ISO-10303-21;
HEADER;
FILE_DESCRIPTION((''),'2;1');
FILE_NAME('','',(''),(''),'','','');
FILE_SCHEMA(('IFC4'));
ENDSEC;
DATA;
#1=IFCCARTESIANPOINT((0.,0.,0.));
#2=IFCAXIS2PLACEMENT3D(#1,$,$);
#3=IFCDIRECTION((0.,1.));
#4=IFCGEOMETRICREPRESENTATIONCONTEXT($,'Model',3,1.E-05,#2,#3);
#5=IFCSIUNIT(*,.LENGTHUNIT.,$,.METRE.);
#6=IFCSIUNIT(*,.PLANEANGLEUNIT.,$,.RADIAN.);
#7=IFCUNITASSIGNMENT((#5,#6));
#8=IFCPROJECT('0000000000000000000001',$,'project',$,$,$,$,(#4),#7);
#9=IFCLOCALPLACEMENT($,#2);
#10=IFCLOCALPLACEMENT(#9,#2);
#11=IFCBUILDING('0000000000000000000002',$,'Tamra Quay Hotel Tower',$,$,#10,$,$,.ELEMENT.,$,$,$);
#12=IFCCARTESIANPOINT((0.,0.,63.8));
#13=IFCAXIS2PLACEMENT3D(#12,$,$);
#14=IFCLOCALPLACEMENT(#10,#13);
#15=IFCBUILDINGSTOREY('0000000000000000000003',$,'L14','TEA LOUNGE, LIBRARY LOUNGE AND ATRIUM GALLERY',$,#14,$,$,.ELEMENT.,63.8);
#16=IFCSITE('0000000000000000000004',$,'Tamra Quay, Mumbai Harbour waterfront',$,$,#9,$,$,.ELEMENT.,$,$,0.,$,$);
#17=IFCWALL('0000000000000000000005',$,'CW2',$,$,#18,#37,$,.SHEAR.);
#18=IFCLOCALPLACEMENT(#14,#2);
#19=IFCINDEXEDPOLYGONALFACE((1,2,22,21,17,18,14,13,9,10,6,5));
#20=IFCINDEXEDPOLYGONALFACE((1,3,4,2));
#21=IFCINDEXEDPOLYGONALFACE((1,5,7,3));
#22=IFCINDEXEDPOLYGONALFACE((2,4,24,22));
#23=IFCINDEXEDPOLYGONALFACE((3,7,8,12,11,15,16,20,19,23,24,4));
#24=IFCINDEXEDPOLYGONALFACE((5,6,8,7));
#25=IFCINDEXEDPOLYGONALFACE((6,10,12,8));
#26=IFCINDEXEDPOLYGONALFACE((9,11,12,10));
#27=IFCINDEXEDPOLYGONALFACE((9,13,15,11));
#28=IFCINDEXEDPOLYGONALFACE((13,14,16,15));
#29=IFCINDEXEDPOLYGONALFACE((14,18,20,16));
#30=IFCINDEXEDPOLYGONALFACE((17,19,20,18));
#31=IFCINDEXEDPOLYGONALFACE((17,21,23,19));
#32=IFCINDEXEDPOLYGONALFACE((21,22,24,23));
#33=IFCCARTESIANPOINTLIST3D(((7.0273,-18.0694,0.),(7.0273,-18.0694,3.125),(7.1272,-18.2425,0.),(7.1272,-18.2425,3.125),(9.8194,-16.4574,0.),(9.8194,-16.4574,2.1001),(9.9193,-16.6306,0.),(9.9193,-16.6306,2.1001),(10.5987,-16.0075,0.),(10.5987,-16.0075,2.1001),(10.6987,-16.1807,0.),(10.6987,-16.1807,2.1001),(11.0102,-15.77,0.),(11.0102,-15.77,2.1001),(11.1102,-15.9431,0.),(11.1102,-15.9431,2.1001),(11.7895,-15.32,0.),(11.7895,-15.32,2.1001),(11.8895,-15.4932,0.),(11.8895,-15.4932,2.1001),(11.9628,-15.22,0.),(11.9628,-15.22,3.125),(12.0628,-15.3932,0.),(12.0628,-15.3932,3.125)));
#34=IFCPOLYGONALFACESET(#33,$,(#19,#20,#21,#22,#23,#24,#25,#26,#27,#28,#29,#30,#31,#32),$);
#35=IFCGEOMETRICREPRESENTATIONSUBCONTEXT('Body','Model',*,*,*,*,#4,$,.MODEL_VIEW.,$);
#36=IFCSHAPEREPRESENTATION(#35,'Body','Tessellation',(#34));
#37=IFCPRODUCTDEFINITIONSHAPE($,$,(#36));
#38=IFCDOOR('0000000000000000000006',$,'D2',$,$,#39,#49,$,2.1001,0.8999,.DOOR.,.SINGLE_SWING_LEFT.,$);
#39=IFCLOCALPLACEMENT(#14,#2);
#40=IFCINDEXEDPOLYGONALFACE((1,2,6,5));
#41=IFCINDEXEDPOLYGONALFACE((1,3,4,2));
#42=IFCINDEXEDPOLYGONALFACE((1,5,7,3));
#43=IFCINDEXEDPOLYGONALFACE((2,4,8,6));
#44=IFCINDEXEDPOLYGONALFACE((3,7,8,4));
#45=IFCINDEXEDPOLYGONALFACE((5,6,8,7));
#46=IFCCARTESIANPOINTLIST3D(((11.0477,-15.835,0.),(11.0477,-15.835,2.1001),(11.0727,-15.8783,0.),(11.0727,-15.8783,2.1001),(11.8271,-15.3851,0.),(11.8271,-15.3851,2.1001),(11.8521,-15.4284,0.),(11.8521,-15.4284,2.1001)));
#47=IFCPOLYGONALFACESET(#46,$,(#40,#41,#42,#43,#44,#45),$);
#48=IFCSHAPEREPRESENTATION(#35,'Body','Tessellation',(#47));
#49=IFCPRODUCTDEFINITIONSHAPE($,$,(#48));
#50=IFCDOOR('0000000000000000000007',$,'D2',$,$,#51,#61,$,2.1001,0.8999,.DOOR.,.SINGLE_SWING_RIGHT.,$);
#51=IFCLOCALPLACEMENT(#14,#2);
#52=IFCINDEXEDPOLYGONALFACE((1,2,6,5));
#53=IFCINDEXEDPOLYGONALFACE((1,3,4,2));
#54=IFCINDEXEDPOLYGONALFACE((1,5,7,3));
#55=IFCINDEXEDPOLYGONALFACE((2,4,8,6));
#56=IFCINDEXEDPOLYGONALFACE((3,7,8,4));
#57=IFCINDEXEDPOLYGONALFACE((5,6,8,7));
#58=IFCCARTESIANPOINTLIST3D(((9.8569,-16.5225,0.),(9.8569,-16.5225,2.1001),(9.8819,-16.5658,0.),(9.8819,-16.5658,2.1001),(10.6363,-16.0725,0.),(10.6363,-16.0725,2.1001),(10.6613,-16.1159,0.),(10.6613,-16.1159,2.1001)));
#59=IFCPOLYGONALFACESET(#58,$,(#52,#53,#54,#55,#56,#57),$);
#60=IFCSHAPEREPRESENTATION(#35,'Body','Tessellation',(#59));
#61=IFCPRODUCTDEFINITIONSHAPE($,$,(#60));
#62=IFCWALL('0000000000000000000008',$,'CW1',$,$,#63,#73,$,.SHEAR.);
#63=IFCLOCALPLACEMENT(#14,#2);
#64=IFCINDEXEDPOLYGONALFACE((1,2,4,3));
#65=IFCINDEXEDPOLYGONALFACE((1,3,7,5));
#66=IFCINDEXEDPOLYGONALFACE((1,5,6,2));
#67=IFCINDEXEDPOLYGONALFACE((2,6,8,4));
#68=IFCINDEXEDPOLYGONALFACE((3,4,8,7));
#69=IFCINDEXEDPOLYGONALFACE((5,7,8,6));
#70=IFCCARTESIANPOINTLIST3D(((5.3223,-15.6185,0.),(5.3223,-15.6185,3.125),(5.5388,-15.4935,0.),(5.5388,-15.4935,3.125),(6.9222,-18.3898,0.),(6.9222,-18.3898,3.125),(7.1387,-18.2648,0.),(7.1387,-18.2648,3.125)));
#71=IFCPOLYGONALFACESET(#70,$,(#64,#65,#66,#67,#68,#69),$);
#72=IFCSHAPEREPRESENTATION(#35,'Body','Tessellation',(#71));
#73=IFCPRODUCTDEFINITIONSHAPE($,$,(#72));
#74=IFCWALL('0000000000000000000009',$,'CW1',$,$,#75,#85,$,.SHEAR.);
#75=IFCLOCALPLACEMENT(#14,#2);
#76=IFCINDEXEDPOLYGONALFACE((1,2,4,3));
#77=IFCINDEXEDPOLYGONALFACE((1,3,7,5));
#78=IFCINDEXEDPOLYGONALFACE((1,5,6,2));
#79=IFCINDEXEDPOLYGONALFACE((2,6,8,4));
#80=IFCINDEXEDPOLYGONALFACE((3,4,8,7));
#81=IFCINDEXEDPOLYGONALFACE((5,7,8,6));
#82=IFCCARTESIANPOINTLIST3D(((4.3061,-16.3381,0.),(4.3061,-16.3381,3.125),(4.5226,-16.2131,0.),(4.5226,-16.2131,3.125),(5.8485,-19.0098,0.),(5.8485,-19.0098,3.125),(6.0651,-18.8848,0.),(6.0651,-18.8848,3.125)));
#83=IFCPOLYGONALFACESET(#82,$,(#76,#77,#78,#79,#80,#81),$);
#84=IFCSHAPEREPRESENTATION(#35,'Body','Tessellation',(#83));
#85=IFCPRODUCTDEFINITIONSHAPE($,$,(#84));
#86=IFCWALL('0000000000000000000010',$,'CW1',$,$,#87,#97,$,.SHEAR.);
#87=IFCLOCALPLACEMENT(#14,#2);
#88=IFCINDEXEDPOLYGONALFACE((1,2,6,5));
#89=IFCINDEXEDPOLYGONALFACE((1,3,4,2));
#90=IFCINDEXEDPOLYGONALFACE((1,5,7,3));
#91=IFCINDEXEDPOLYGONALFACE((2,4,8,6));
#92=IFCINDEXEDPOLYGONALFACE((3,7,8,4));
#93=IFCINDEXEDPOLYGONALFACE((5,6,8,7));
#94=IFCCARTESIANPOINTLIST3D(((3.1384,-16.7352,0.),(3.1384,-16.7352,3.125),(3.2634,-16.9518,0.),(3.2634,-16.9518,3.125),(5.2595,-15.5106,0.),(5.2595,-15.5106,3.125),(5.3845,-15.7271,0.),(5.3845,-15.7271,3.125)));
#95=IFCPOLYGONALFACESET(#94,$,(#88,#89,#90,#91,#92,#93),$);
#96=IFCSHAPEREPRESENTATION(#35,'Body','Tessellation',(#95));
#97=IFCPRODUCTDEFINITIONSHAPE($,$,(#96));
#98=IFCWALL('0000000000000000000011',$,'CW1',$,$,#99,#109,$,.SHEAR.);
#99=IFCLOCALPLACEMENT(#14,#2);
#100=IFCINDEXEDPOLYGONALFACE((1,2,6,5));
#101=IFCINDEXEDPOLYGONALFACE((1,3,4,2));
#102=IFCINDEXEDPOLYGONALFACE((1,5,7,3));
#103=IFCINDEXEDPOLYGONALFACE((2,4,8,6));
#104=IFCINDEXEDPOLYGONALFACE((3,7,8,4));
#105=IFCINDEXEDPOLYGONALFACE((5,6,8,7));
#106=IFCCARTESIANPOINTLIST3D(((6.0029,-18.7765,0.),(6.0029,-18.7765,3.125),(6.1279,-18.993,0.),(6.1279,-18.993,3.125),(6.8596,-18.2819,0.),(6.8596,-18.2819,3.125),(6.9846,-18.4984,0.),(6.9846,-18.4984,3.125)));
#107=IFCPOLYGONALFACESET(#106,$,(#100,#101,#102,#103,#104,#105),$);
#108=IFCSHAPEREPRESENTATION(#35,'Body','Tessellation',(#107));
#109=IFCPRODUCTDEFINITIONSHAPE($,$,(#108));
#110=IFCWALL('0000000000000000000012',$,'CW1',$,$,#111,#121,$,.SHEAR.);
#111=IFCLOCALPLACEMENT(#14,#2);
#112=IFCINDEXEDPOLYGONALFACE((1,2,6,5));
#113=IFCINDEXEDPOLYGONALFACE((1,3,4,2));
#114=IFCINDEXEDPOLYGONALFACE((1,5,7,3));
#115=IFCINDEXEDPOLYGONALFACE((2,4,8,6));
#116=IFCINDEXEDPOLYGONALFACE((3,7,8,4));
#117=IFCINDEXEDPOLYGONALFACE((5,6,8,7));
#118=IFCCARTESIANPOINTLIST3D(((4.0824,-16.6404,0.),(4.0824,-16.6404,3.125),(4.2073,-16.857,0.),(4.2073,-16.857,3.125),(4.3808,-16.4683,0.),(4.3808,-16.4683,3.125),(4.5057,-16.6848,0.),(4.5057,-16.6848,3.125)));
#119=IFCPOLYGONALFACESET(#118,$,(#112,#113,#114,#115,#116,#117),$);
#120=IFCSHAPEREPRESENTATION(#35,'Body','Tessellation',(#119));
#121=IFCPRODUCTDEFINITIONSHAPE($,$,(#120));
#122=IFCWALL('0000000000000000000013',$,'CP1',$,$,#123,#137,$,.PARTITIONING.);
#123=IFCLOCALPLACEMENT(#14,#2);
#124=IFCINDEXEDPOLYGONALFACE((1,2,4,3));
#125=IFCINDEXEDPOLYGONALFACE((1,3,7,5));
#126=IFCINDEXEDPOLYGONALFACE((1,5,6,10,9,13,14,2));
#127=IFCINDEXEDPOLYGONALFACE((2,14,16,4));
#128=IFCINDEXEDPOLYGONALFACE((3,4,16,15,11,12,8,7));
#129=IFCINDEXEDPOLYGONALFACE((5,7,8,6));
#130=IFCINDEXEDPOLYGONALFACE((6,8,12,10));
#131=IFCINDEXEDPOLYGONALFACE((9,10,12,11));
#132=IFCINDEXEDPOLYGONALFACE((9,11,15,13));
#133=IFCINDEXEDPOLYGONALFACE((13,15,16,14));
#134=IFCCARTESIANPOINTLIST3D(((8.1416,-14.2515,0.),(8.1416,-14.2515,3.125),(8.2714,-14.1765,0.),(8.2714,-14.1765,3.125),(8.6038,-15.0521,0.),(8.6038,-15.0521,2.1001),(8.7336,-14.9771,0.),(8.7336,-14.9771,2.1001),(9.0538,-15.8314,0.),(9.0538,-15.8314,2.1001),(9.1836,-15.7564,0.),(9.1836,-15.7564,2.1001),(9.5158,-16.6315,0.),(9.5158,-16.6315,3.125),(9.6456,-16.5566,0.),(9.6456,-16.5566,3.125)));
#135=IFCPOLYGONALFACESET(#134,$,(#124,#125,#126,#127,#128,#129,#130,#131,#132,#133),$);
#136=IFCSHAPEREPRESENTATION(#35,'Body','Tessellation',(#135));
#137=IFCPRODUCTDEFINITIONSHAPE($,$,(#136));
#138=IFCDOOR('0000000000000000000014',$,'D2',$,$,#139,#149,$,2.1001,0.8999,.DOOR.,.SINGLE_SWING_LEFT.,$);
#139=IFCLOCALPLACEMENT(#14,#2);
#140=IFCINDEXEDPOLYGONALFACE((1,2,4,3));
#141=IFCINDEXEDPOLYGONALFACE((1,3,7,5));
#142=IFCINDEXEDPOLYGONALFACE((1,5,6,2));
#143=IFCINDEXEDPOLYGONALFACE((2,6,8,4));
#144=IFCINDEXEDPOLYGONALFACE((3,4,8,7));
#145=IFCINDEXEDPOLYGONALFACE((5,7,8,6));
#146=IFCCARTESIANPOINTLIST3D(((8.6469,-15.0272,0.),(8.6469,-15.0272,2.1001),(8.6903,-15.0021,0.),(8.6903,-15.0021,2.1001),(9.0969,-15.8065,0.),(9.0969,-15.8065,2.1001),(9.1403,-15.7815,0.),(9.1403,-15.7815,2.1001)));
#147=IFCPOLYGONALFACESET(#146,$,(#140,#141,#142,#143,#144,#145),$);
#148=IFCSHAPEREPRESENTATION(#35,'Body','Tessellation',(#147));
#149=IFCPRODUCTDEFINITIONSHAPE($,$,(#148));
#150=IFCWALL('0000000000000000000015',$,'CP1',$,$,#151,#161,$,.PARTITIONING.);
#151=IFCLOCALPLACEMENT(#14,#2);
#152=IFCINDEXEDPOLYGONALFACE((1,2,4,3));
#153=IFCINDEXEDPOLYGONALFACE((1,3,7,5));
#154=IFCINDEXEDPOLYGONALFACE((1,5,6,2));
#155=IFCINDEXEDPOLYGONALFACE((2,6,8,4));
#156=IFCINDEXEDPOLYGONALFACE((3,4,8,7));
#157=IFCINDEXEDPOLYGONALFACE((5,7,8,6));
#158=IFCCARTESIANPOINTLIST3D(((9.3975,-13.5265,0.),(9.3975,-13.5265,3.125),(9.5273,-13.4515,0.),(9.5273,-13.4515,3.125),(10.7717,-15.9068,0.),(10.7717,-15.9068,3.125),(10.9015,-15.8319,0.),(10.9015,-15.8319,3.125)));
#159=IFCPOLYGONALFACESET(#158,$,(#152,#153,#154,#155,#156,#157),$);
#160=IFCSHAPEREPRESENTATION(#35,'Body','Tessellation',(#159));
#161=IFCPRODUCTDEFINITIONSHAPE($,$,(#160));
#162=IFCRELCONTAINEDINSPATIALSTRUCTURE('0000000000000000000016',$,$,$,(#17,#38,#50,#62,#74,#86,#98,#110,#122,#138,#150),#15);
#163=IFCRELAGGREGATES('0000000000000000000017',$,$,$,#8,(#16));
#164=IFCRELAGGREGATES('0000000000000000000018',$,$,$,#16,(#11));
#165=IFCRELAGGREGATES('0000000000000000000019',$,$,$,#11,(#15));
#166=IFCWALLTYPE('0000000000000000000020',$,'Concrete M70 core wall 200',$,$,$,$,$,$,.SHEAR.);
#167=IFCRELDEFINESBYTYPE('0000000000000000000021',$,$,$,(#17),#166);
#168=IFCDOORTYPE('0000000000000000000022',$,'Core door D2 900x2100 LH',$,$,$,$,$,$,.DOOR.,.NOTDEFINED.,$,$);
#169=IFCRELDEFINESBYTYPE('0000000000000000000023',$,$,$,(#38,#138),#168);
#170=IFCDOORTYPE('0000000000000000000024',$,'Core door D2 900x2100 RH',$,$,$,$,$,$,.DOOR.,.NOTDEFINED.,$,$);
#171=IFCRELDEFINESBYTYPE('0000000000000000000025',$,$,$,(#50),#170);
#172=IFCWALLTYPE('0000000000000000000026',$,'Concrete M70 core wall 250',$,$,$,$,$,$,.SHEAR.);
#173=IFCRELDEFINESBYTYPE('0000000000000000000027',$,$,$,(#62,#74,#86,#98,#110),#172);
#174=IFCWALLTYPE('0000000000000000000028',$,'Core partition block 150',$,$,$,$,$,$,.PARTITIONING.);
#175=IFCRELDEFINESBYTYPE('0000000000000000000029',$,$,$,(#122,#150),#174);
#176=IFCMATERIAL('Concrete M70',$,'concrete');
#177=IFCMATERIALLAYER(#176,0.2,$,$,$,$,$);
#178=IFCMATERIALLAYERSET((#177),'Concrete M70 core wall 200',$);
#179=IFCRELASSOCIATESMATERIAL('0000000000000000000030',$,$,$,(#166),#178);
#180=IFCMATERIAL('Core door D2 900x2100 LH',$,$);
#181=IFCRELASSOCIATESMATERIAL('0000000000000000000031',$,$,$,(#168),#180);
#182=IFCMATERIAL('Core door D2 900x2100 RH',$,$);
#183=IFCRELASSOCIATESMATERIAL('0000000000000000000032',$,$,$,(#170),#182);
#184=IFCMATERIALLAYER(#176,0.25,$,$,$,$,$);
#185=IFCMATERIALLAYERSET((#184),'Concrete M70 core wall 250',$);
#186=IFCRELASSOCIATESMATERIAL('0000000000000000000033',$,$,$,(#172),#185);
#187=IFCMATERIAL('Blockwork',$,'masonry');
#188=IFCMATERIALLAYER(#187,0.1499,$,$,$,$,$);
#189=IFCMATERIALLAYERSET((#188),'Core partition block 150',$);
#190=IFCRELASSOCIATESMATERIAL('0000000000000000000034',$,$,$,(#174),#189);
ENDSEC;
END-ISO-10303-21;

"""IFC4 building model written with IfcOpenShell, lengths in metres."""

from ifc_helpers import new_model, si_unit, direction, frame, frame_2d, origin, place, context, subcontext, project, spatial, rectangle, extrude, material, layer, layer_set, type_object, element, fill, save


model = new_model("IFC4")

# Units and contexts
model_context = context("Model", 3, precision=1e-05, world=origin(), true_north=direction((0.0, 1.0)))
body_context = subcontext(model_context, "Body", "Model", "MODEL_VIEW")
ifc_project = project(units=[si_unit("LENGTHUNIT", "METRE"), si_unit("PLANEANGLEUNIT", "RADIAN")], contexts=[model_context])

# Site, building, storey
site_placement = place(None, origin())
site = spatial("IfcSite", under=ifc_project, at=site_placement, Name="Tamra Quay, Mumbai Harbour waterfront", CompositionType="ELEMENT", RefElevation=0.0)
building_placement = place(site_placement, origin())
building = spatial("IfcBuilding", under=site, at=building_placement, Name="Tamra Quay Hotel Tower", CompositionType="ELEMENT")
storey_placement = place(building_placement, frame((0.0, 0.0, 63.8)))
storey = spatial("IfcBuildingStorey", under=building, at=storey_placement, Name="L14", Description="TEA LOUNGE, LIBRARY LOUNGE AND ATRIUM GALLERY", CompositionType="ELEMENT", Elevation=63.8)

# Wall, openings, doors
ifc_material_1 = material(Name="Concrete M70", Category="concrete")
ifc_layer_1 = layer(ifc_material_1, 0.2)
ifc_layer_set_1 = layer_set([ifc_layer_1], Name="Concrete M70 core wall 200")
wall_type_1 = type_object("IfcWallType", Name="Concrete M70 core wall 200", PredefinedType="SHEAR", material=ifc_layer_set_1)
wall_1_placement = place(storey_placement, frame((7.0771, -18.156, 0.0), z_axis=(0.0, 0.0, 1.0), x_axis=(0.866039, 0.499977, 0.0)))
wall_1 = element("IfcWall", 1, at=wall_1_placement, inside=storey, type_object=wall_type_1, Name="CW2", PredefinedType="SHEAR", context=body_context, shape_type="SweptSolid", body=[
    extrude(rectangle(XDim=5.699, YDim=0.2, at=frame_2d((2.8496, 0.0))), origin(), (0.0, 0.0, 1.0), 3.125),
])
opening_1_placement = place(wall_1_placement, frame((3.2241, 0.0, 0.0)))
opening_1 = element("IfcOpeningElement", 2, at=opening_1_placement, cuts=wall_1, PredefinedType="OPENING", context=body_context, shape_type="SweptSolid", body=[
    extrude(rectangle(XDim=0.8999, YDim=2.1001, at=frame_2d((0.45, 1.05))), frame((0.0, 0.1099, 0.0), z_axis=(0.0, -1.0, 0.0), x_axis=(1.0, 0.0, 0.0)), (0.0, 0.0, 1.0), 0.22),
])
opening_2_placement = place(wall_1_placement, frame((4.5991, 0.0, 0.0)))
opening_2 = element("IfcOpeningElement", 3, at=opening_2_placement, cuts=wall_1, PredefinedType="OPENING", context=body_context, shape_type="SweptSolid", body=[
    extrude(rectangle(XDim=0.8999, YDim=2.1001, at=frame_2d((0.45, 1.05))), frame((0.0, 0.1099, 0.0), z_axis=(0.0, -1.0, 0.0), x_axis=(1.0, 0.0, 0.0)), (0.0, 0.0, 1.0), 0.22),
])
ifc_material_2 = material(Name="Core door D2 900x2100 LH")
door_type_1 = type_object("IfcDoorType", Name="Core door D2 900x2100 LH", OperationType="NOTDEFINED", PredefinedType="DOOR", material=ifc_material_2)
door_1_placement = place(opening_2_placement, origin())
door_1 = element("IfcDoor", 4, at=door_1_placement, inside=storey, type_object=door_type_1, Name="D2", OperationType="SINGLE_SWING_LEFT", OverallHeight=2.1001, OverallWidth=0.8999, PredefinedType="DOOR", context=body_context, shape_type="SweptSolid", body=[
    extrude(rectangle(XDim=0.8999, YDim=2.1001, at=frame_2d((0.45, 1.05))), frame((0.0, 0.0249, 0.0), z_axis=(0.0, -1.0, 0.0), x_axis=(1.0, 0.0, 0.0)), (0.0, 0.0, 1.0), 0.05),
])
fill(opening_2, door_1)
ifc_material_3 = material(Name="Core door D2 900x2100 RH")
door_type_2 = type_object("IfcDoorType", Name="Core door D2 900x2100 RH", OperationType="NOTDEFINED", PredefinedType="DOOR", material=ifc_material_3)
door_2_placement = place(opening_1_placement, origin())
door_2 = element("IfcDoor", 5, at=door_2_placement, inside=storey, type_object=door_type_2, Name="D2", OperationType="SINGLE_SWING_RIGHT", OverallHeight=2.1001, OverallWidth=0.8999, PredefinedType="DOOR", context=body_context, shape_type="SweptSolid", body=[
    extrude(rectangle(XDim=0.8999, YDim=2.1001, at=frame_2d((0.45, 1.05))), frame((0.0, 0.0249, 0.0), z_axis=(0.0, -1.0, 0.0), x_axis=(1.0, 0.0, 0.0)), (0.0, 0.0, 1.0), 0.05),
])
fill(opening_1, door_2)

# Walls
ifc_layer_2 = layer(ifc_material_1, 0.25)
ifc_layer_set_2 = layer_set([ifc_layer_2], Name="Concrete M70 core wall 250")
wall_type_2 = type_object("IfcWallType", Name="Concrete M70 core wall 250", PredefinedType="SHEAR", material=ifc_layer_set_2)
wall_2_placement = place(storey_placement, frame((7.0305, -18.3274, 0.0), z_axis=(0.0, 0.0, 1.0), x_axis=(-0.499971, 0.866042, 0.0)))
element("IfcWall", 6, at=wall_2_placement, inside=storey, type_object=wall_type_2, Name="CW1", PredefinedType="SHEAR", context=body_context, shape_type="SweptSolid", body=[
    extrude(rectangle(XDim=3.2, YDim=0.25, at=frame_2d((1.6001, 0.0))), origin(), (0.0, 0.0, 1.0), 3.125),
])
wall_3_placement = place(storey_placement, frame((4.4143, -16.2756, 0.0), z_axis=(0.0, 0.0, 1.0), x_axis=(0.500003, -0.866023, 0.0)))
element("IfcWall", 7, at=wall_3_placement, inside=storey, type_object=wall_type_2, Name="CW1", PredefinedType="SHEAR", context=body_context, shape_type="SweptSolid", body=[
    extrude(rectangle(XDim=3.085, YDim=0.25, at=frame_2d((1.5425, 0.0))), origin(), (0.0, 0.0, 1.0), 3.125),
])
wall_4_placement = place(storey_placement, frame((5.322, -15.6189, 0.0), z_axis=(0.0, 0.0, 1.0), x_axis=(-0.866026, -0.499999, 0.0)))
element("IfcWall", 8, at=wall_4_placement, inside=storey, type_object=wall_type_2, Name="CW1", PredefinedType="SHEAR", context=body_context, shape_type="SweptSolid", body=[
    extrude(rectangle(XDim=2.4492, YDim=0.25, at=frame_2d((1.2246, 0.0))), origin(), (0.0, 0.0, 1.0), 3.125),
])
wall_5_placement = place(storey_placement, frame((6.0654, -18.8848, 0.0), z_axis=(0.0, 0.0, 1.0), x_axis=(0.866017, 0.500014, 0.0)))
element("IfcWall", 9, at=wall_5_placement, inside=storey, type_object=wall_type_2, Name="CW1", PredefinedType="SHEAR", context=body_context, shape_type="SweptSolid", body=[
    extrude(rectangle(XDim=0.9893, YDim=0.25, at=frame_2d((0.4946, 0.0))), origin(), (0.0, 0.0, 1.0), 3.125),
])
wall_6_placement = place(storey_placement, frame((4.1448, -16.7488, 0.0), z_axis=(0.0, 0.0, 1.0), x_axis=(0.866186, 0.499722, 0.0)))
element("IfcWall", 10, at=wall_6_placement, inside=storey, type_object=wall_type_2, Name="CW1", PredefinedType="SHEAR", context=body_context, shape_type="SweptSolid", body=[
    extrude(rectangle(XDim=0.3445, YDim=0.25, at=frame_2d((0.1724, 0.0))), origin(), (0.0, 0.0, 1.0), 3.125),
])

# Wall, opening, door
ifc_material_4 = material(Name="Blockwork", Category="masonry")
ifc_layer_3 = layer(ifc_material_4, 0.1499)
ifc_layer_set_3 = layer_set([ifc_layer_3], Name="Core partition block 150")
wall_type_3 = type_object("IfcWallType", Name="Core partition block 150", PredefinedType="PARTITIONING", material=ifc_layer_set_3)
wall_7_placement = place(storey_placement, frame((8.2065, -14.2141, 0.0), z_axis=(0.0, 0.0, 1.0), x_axis=(0.500027, -0.86601, 0.0)))
wall_7 = element("IfcWall", 11, at=wall_7_placement, inside=storey, type_object=wall_type_3, Name="CP1", PredefinedType="PARTITIONING", context=body_context, shape_type="SweptSolid", body=[
    extrude(rectangle(XDim=2.7483, YDim=0.1499, at=frame_2d((1.374, 0.0))), origin(), (0.0, 0.0, 1.0), 3.125),
])
opening_3_placement = place(wall_7_placement, frame((0.9243, 0.0, 0.0)))
opening_3 = element("IfcOpeningElement", 12, at=opening_3_placement, cuts=wall_7, PredefinedType="OPENING", context=body_context, shape_type="SweptSolid", body=[
    extrude(rectangle(XDim=0.8999, YDim=2.1001, at=frame_2d((0.45, 1.05))), frame((0.0, 0.085, 0.0), z_axis=(0.0, -1.0, 0.0), x_axis=(1.0, 0.0, 0.0)), (0.0, 0.0, 1.0), 0.1699),
])
door_3_placement = place(opening_3_placement, origin())
door_3 = element("IfcDoor", 13, at=door_3_placement, inside=storey, type_object=door_type_1, Name="D2", OperationType="SINGLE_SWING_LEFT", OverallHeight=2.1001, OverallWidth=0.8999, PredefinedType="DOOR", context=body_context, shape_type="SweptSolid", body=[
    extrude(rectangle(XDim=0.8999, YDim=2.1001, at=frame_2d((0.45, 1.05))), frame((0.0, 0.0249, 0.0), z_axis=(0.0, -1.0, 0.0), x_axis=(1.0, 0.0, 0.0)), (0.0, 0.0, 1.0), 0.05),
])
fill(opening_3, door_3)

# Wall
wall_8_placement = place(storey_placement, frame((9.4624, -13.489, 0.0), z_axis=(0.0, 0.0, 1.0), x_axis=(0.499989, -0.866032, 0.0)))
element("IfcWall", 14, at=wall_8_placement, inside=storey, type_object=wall_type_3, Name="CP1", PredefinedType="PARTITIONING", context=body_context, shape_type="SweptSolid", body=[
    extrude(rectangle(XDim=2.7485, YDim=0.1499, at=frame_2d((1.3743, 0.0))), origin(), (0.0, 0.0, 1.0), 3.125),
])

save(model, "model.ifc")
